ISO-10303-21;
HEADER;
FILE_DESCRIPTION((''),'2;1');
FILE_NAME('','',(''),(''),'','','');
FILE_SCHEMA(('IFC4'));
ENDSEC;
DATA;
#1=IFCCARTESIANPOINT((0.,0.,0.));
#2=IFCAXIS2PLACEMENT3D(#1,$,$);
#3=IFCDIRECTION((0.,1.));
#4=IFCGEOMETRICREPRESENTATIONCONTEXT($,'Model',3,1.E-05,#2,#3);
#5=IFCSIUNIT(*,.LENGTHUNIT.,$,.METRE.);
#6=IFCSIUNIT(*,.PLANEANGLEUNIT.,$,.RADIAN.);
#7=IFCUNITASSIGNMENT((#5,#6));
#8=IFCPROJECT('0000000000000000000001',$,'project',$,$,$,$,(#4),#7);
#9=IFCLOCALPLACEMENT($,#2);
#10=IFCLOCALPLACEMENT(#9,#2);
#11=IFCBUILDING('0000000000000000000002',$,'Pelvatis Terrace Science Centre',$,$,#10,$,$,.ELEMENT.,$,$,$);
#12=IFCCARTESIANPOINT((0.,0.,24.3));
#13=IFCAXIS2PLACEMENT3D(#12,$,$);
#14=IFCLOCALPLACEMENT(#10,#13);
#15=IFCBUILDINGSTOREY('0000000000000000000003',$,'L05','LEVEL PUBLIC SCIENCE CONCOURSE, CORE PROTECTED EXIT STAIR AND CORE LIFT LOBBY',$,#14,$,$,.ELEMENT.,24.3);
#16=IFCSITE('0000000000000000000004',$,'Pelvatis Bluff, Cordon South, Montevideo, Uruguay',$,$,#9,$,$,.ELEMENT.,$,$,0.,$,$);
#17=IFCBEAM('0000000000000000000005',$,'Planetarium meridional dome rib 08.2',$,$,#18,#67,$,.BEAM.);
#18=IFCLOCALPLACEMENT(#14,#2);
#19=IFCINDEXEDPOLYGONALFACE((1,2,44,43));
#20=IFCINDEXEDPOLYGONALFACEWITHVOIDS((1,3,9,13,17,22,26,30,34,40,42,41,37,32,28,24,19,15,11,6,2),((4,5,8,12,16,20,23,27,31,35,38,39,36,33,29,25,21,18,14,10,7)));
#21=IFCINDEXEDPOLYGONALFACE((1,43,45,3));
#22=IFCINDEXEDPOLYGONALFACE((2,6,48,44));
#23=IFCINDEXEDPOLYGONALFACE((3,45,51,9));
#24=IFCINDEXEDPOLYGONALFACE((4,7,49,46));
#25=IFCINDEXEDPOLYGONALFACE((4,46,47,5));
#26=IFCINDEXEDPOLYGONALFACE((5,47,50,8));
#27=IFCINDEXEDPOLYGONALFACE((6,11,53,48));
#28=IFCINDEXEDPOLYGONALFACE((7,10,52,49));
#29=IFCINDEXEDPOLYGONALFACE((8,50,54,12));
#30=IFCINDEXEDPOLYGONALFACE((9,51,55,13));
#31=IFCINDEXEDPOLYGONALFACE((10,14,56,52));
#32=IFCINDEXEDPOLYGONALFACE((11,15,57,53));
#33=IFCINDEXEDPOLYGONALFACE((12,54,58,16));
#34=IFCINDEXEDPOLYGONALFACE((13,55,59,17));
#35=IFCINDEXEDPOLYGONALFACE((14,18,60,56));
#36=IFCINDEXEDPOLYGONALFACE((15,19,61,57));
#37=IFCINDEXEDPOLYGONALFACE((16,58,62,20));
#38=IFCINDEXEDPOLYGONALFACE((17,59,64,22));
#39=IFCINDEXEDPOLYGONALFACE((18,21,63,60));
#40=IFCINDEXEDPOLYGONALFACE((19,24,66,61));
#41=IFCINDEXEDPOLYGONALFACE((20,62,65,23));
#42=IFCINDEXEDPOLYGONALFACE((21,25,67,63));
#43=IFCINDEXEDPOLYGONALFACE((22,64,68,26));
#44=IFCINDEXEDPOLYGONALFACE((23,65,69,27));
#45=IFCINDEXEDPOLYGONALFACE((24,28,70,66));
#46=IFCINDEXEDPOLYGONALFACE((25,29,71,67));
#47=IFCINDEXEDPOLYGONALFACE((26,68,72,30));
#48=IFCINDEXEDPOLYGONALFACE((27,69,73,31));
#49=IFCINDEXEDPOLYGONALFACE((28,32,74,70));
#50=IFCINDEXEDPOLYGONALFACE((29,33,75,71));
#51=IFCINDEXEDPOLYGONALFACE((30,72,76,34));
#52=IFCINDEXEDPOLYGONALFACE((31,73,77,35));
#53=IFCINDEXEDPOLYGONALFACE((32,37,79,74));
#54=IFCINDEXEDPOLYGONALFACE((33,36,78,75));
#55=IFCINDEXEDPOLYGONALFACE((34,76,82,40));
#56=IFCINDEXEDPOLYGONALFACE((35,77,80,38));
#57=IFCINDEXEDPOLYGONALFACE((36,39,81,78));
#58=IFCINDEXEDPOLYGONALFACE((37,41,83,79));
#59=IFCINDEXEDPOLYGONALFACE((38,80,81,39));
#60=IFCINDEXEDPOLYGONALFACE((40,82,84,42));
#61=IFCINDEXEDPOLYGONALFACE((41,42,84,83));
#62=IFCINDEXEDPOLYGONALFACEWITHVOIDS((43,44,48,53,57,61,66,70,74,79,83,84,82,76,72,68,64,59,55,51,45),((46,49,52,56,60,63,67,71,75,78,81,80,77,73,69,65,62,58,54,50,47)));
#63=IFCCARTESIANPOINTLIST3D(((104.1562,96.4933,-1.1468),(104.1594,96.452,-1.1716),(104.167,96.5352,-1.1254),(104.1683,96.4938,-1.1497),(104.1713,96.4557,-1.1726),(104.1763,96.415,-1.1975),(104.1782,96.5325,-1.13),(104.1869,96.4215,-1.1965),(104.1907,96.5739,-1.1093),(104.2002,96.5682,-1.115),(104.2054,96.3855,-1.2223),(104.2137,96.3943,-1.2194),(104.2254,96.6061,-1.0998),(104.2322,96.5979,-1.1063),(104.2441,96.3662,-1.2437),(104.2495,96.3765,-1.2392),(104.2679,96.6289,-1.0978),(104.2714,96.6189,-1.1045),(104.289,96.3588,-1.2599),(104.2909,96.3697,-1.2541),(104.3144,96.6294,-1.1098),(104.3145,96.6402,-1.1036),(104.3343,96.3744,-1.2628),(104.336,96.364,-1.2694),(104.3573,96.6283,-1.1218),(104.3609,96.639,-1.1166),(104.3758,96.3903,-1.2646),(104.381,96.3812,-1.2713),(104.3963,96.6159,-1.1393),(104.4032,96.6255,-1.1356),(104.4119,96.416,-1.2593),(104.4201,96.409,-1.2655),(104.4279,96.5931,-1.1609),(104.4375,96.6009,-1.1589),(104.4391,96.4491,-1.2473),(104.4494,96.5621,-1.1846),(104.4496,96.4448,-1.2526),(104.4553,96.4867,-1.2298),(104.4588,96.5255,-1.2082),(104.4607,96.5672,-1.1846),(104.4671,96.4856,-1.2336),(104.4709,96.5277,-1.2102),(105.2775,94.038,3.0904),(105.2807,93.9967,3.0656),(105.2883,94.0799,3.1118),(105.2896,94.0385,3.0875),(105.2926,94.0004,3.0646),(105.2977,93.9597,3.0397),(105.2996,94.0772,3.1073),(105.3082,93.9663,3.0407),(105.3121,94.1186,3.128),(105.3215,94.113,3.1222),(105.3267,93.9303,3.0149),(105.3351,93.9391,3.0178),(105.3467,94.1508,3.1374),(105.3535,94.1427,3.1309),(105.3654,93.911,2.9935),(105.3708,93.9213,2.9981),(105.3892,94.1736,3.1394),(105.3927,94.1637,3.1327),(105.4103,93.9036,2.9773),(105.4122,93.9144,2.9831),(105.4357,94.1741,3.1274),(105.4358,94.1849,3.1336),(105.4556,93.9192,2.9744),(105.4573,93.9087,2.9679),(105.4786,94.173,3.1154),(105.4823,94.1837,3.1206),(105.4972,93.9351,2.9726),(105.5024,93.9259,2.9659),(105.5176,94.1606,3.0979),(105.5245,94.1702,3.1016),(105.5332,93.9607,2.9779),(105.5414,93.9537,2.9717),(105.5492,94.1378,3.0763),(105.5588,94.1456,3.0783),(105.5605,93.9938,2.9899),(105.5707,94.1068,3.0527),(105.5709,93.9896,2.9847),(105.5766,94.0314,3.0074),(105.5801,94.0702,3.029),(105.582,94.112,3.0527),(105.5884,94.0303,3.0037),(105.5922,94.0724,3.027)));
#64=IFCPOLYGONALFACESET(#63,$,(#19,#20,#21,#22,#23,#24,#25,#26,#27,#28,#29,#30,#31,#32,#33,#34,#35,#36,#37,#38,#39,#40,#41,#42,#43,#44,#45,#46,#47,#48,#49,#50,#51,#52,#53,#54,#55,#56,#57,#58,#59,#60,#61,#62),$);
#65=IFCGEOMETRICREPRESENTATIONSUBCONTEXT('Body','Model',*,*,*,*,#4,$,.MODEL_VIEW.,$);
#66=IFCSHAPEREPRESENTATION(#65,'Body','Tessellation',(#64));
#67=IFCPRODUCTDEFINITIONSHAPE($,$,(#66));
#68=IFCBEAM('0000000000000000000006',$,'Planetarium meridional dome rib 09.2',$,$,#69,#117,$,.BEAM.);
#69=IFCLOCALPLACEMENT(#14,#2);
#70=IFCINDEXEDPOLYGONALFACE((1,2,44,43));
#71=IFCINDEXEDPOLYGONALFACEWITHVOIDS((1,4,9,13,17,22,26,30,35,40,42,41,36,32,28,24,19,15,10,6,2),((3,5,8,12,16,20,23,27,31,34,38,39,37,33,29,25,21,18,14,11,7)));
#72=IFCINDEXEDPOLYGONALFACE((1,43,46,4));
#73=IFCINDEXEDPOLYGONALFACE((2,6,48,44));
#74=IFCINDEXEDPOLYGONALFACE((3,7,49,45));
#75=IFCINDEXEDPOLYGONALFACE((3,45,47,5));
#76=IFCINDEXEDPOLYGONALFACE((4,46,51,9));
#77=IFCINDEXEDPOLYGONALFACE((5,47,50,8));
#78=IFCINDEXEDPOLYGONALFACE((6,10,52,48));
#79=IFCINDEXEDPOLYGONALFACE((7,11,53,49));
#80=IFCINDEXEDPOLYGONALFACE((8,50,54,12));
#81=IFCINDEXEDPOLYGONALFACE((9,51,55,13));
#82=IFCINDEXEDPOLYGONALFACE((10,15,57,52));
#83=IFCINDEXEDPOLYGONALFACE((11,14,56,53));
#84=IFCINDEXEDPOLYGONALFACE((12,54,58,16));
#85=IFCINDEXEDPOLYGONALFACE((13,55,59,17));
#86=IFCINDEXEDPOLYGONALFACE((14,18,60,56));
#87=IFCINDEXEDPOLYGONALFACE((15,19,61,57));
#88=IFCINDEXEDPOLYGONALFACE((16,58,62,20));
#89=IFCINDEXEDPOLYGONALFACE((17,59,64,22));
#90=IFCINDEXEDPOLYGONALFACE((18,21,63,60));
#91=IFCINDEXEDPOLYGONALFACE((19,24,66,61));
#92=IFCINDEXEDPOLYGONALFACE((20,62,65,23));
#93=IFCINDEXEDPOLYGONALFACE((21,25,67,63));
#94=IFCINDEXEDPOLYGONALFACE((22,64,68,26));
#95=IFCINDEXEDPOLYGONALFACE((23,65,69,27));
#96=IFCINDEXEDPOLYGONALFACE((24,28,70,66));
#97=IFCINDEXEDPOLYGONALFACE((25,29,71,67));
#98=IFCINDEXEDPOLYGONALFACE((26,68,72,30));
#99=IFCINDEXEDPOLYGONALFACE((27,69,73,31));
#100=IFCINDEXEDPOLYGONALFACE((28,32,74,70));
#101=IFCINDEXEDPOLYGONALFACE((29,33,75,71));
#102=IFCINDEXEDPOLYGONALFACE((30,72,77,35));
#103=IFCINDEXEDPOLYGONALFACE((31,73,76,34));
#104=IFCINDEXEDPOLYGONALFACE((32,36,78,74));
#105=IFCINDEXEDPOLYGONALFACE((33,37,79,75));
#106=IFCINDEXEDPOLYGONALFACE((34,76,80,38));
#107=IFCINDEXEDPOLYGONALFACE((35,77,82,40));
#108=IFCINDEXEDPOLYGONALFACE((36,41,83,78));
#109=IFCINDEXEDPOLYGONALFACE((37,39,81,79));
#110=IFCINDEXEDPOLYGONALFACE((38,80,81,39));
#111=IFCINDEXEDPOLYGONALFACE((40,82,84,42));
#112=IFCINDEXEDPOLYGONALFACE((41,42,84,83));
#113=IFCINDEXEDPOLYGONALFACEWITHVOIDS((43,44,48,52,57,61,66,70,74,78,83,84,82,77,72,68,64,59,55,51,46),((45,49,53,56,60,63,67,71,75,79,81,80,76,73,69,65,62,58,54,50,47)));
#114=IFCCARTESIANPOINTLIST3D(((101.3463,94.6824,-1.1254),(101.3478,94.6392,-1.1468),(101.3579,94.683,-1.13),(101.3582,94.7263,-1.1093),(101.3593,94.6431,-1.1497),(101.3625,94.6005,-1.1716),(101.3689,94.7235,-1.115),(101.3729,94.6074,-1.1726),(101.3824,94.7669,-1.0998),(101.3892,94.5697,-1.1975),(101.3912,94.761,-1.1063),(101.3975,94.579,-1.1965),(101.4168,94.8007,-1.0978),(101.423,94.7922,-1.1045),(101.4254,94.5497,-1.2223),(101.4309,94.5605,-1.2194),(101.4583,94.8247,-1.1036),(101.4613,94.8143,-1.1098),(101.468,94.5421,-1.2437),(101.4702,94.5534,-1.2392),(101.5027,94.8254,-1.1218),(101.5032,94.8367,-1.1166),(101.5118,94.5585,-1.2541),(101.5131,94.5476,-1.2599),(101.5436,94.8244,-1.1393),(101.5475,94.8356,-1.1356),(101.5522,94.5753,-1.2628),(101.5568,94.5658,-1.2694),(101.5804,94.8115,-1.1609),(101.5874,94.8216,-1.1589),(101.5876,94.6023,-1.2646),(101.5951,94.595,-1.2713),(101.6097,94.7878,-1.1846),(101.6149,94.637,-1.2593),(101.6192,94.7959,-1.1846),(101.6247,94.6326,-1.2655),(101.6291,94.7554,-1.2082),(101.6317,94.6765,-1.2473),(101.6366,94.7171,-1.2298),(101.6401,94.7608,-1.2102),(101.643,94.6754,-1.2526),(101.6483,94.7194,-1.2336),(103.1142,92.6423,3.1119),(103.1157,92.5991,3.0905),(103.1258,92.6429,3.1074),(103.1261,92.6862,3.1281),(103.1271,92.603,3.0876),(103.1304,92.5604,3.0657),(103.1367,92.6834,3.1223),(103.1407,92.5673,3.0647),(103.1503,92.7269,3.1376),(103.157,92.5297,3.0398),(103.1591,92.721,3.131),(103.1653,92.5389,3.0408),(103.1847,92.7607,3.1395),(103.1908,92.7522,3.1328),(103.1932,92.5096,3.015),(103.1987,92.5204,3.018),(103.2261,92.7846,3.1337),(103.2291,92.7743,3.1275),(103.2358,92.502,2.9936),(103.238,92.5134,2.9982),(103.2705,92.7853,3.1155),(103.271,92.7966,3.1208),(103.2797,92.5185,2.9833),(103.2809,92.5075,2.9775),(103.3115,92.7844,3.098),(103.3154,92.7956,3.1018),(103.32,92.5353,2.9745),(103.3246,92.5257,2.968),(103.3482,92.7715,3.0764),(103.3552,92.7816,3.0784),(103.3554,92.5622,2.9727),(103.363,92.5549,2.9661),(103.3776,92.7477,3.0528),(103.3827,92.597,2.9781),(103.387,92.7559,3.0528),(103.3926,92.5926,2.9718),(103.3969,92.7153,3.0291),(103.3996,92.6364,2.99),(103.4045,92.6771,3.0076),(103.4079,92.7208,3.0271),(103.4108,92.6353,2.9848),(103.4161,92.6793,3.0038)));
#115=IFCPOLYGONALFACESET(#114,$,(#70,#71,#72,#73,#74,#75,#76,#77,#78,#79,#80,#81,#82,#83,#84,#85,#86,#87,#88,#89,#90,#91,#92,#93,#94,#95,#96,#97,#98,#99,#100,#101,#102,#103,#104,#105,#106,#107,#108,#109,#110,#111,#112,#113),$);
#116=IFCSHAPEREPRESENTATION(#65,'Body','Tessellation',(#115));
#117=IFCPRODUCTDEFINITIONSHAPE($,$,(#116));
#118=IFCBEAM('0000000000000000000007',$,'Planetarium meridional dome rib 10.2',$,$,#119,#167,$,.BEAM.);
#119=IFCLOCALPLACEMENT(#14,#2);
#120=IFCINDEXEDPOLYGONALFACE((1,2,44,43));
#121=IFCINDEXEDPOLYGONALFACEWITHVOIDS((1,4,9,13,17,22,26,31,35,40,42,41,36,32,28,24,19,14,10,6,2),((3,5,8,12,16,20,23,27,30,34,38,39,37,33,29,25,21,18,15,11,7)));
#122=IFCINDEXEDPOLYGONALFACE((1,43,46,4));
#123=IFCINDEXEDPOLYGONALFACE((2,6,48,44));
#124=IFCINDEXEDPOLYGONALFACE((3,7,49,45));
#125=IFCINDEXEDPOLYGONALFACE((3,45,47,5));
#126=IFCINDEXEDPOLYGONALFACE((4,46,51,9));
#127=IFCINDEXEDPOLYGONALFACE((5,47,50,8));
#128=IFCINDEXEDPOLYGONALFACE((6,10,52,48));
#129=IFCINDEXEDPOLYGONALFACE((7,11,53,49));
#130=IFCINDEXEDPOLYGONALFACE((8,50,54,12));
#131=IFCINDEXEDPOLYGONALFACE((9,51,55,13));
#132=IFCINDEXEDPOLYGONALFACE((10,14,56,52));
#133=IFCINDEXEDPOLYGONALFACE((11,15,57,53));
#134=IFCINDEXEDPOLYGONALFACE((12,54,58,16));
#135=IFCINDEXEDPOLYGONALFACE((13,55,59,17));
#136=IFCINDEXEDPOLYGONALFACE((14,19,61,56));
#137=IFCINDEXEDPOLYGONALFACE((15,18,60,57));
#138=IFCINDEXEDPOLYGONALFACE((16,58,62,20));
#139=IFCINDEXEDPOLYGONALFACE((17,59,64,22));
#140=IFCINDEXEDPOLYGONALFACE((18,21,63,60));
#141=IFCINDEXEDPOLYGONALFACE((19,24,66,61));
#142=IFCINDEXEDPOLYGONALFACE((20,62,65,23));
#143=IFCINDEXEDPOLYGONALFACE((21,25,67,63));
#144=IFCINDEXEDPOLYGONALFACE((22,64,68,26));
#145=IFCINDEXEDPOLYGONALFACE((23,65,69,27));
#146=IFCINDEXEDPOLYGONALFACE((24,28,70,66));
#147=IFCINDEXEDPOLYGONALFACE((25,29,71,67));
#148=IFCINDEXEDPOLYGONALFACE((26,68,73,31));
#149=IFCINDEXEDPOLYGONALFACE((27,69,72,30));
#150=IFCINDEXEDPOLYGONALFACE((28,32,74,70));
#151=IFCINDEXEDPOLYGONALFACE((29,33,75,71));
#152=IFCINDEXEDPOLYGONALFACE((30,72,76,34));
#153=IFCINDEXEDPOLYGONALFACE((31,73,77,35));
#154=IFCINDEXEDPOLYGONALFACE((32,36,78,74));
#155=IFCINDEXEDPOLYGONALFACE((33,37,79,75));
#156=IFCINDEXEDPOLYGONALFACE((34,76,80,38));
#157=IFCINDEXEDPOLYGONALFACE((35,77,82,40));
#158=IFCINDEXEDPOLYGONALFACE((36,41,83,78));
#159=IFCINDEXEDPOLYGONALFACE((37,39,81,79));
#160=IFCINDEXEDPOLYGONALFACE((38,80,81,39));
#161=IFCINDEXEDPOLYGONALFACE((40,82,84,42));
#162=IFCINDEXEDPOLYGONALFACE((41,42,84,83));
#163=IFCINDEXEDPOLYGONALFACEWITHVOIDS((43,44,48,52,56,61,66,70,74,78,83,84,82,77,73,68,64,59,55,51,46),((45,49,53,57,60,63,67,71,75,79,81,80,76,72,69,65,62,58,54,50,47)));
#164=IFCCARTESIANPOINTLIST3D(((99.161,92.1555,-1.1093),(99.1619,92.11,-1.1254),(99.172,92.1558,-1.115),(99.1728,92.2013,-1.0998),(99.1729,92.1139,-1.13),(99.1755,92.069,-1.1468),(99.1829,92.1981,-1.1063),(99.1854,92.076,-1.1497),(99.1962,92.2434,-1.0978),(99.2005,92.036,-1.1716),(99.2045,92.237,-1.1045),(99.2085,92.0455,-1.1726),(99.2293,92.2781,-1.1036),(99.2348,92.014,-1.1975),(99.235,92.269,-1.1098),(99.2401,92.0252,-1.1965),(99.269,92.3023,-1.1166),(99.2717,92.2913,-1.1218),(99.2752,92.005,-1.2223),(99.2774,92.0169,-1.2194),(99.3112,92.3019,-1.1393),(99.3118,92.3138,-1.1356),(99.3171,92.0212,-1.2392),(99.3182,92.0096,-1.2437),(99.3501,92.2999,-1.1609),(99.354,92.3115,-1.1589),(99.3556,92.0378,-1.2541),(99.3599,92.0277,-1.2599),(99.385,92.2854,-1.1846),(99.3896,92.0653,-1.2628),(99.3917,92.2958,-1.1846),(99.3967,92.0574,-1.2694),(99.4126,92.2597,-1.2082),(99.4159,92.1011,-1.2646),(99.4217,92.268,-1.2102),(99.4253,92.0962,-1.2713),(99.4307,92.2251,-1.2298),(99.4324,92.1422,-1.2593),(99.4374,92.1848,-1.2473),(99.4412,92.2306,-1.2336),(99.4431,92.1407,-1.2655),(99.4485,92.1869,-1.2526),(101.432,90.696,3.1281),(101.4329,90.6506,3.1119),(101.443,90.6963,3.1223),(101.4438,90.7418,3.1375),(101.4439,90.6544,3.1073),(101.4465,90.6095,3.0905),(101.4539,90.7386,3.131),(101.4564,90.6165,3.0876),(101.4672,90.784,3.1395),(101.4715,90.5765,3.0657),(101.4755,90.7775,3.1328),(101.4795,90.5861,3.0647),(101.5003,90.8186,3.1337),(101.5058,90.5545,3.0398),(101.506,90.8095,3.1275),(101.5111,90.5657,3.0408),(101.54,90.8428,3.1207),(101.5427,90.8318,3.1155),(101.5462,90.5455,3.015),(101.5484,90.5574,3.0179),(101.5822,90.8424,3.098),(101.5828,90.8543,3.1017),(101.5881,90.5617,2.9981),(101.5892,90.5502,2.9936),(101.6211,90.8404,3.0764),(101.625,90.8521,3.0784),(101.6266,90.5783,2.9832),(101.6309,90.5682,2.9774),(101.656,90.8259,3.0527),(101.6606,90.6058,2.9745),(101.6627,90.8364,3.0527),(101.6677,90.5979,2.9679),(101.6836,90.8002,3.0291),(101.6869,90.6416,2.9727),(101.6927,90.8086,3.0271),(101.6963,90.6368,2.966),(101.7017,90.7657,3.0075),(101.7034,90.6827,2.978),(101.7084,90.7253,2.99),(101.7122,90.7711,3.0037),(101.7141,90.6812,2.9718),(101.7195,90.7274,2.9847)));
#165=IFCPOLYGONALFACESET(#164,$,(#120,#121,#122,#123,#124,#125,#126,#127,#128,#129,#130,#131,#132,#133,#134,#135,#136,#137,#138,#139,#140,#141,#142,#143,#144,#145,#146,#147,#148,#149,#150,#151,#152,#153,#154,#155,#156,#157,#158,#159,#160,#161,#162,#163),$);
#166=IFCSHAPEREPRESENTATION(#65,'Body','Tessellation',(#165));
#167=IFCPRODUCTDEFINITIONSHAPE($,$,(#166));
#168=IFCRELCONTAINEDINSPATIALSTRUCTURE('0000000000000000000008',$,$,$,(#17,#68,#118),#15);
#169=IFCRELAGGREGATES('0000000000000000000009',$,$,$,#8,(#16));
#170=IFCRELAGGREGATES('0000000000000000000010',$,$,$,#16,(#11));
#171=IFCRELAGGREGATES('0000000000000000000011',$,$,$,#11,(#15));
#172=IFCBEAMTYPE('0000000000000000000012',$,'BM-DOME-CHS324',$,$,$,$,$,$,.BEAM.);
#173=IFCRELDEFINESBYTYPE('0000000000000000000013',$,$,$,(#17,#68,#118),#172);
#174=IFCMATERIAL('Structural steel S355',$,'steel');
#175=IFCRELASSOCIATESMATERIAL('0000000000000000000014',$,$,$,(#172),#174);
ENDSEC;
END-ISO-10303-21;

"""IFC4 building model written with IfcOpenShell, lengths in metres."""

from ifc_helpers import new_model, si_unit, direction, frame, origin, origin_2d, place, context, subcontext, project, spatial, hollow_circle, extrude, material, material_profile, profile_set, type_object, element, save


model = new_model("IFC4")

# Units and contexts
model_context = context("Model", 3, precision=1e-05, world=origin(), true_north=direction((0.0, 1.0)))
body_context = subcontext(model_context, "Body", "Model", "MODEL_VIEW")
ifc_project = project(units=[si_unit("LENGTHUNIT", "METRE"), si_unit("PLANEANGLEUNIT", "RADIAN")], contexts=[model_context])

# Site, building, storey
site_placement = place(None, origin())
site = spatial("IfcSite", under=ifc_project, at=site_placement, Name="Pelvatis Bluff, Cordon South, Montevideo, Uruguay", CompositionType="ELEMENT", RefElevation=0.0)
building_placement = place(site_placement, origin())
building = spatial("IfcBuilding", under=site, at=building_placement, Name="Pelvatis Terrace Science Centre", CompositionType="ELEMENT")
storey_placement = place(building_placement, frame((0.0, 0.0, 24.3)))
storey = spatial("IfcBuildingStorey", under=building, at=storey_placement, Name="L05", Description="LEVEL PUBLIC SCIENCE CONCOURSE, CORE PROTECTED EXIT STAIR AND CORE LIFT LOBBY", CompositionType="ELEMENT", Elevation=24.3)

# Beams
ifc_material_1 = material(Name="Structural steel S355", Category="steel")
ifc_material_profile_1 = material_profile(ifc_material_1, hollow_circle(Radius=0.1619, WallThickness=0.0125, at=origin_2d()), Name="CHS 323.9x12.5")
ifc_profile_set_1 = profile_set([ifc_material_profile_1], Name="Structural steel S355")
beam_type_1 = type_object("IfcBeamType", Name="BM-DOME-CHS324", PredefinedType="BEAM", material=ifc_profile_set_1)
beam_placement = place(storey_placement, frame((104.3135, 96.5, -1.1846), z_axis=(0.223195, -0.488717, 0.84341), x_axis=(0.909628, 0.415424, 0.0)))
element("IfcBeam", 1, at=beam_placement, inside=storey, type_object=beam_type_1, Name="Planetarium meridional dome rib 08.2", PredefinedType="BEAM", context=body_context, shape_type="SweptSolid", body=[
    extrude(hollow_circle(Radius=0.1619, WallThickness=0.0125, at=origin_2d()), origin(), (0.0, 0.0, 1.0), 5.0239),
])
for number, where, z_axis, x_axis, name in (
    (2, (101.4968, 94.6899, -1.1846), (0.351868, -0.40605, 0.843394), (0.755728, 0.654886, 0.0), "Planetarium meridional dome rib 09.2"),
    (3, (99.3042, 92.1597, -1.1846), (0.452015, -0.290491, 0.843385), (0.540639, 0.841255, 0.0), "Planetarium meridional dome rib 10.2"),
):
    element("IfcBeam", number, at=place(storey_placement, frame(where, z_axis=z_axis, x_axis=x_axis)), inside=storey, type_object=beam_type_1, Name=name, PredefinedType="BEAM", context=body_context, shape_type="SweptSolid", body=[
        extrude(hollow_circle(Radius=0.1619, WallThickness=0.0125, at=origin_2d()), origin(), (0.0, 0.0, 1.0), 5.0242),
    ])

save(model, "model.ifc")
